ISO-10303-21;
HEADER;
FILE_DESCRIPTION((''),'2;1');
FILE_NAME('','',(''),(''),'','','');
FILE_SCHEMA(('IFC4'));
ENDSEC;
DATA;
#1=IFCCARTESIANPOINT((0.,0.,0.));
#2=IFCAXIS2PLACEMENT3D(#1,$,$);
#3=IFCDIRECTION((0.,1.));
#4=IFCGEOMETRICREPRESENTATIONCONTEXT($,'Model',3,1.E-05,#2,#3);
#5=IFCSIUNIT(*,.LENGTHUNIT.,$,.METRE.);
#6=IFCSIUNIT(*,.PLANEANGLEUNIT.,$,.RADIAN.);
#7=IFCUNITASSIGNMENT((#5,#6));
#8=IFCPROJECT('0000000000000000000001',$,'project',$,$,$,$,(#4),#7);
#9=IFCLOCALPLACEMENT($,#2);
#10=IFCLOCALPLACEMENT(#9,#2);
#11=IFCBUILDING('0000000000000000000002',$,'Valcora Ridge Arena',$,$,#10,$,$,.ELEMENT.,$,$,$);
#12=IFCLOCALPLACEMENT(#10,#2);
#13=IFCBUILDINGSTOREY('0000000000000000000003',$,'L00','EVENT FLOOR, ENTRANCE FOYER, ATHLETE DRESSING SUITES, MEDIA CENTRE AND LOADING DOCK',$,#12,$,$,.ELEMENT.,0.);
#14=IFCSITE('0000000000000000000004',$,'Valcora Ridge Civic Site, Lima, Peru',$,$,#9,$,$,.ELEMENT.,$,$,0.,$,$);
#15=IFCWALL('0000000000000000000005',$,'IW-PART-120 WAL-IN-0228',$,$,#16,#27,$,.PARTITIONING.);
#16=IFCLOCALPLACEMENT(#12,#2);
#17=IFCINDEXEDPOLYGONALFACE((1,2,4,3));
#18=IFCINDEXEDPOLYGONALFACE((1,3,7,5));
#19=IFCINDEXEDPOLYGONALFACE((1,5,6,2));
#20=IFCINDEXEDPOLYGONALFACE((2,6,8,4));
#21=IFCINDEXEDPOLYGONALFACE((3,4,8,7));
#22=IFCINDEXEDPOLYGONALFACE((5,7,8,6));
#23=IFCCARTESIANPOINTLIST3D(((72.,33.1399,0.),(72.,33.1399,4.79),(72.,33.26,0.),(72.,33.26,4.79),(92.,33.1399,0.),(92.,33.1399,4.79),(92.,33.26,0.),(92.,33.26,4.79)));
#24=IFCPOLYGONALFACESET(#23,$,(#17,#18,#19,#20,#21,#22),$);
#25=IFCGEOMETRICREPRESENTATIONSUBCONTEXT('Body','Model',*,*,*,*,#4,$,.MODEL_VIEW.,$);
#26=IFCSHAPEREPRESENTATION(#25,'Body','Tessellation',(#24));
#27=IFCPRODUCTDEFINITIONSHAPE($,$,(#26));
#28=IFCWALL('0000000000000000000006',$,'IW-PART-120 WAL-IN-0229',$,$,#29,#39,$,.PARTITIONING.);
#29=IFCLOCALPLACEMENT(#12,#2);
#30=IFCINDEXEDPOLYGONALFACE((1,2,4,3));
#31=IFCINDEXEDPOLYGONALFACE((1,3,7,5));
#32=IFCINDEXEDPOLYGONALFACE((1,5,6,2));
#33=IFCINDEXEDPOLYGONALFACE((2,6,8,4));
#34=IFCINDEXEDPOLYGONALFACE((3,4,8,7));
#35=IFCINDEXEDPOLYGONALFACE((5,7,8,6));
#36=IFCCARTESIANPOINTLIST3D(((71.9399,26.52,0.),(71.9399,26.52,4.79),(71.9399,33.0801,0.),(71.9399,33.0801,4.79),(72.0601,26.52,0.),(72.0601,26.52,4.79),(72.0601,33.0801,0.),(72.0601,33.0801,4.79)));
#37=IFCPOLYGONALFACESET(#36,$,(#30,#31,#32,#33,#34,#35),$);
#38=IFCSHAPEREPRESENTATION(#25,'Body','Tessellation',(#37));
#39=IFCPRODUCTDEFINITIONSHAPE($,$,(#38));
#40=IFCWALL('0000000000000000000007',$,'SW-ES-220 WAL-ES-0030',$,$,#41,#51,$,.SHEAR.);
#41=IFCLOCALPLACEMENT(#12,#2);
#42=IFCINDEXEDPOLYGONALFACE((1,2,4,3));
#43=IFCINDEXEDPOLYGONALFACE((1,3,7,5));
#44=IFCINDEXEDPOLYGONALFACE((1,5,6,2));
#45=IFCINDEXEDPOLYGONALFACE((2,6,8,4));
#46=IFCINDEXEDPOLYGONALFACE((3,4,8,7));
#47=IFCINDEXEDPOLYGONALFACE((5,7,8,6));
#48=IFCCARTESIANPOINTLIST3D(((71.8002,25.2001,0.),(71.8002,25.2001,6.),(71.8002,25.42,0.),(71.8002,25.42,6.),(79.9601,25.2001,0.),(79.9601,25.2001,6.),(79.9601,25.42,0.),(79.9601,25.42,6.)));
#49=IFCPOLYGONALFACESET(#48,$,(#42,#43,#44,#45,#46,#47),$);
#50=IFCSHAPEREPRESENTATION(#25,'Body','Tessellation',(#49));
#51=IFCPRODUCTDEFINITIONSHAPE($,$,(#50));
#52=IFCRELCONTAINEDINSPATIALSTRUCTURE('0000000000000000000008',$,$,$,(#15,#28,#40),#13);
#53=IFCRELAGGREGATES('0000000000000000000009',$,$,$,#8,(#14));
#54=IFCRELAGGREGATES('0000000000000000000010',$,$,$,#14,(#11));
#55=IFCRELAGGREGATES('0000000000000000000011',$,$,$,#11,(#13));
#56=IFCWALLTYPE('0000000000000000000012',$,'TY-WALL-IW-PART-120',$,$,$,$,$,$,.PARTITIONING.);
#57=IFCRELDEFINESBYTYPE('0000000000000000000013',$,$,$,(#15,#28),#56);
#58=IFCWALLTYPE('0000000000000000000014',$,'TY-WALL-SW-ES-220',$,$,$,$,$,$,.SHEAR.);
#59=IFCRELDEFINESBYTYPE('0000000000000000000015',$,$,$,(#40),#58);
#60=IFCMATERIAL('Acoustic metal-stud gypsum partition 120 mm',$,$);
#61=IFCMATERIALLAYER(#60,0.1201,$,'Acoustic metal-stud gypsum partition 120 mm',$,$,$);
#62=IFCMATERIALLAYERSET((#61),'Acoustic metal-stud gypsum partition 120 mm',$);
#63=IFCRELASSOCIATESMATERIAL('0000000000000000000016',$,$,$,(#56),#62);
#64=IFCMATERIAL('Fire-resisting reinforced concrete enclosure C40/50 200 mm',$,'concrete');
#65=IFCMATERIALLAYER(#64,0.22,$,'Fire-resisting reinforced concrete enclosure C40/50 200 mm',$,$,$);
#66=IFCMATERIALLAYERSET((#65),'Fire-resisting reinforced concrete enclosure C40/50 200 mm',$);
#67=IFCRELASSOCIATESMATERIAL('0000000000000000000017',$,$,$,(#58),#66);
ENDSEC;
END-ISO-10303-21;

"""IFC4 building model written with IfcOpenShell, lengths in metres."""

from ifc_helpers import new_model, si_unit, direction, frame, frame_2d, origin, place, context, subcontext, project, spatial, rectangle, extrude, material, layer, layer_set, type_object, element, save


model = new_model("IFC4")

# Units and contexts
model_context = context("Model", 3, precision=1e-05, world=origin(), true_north=direction((0.0, 1.0)))
body_context = subcontext(model_context, "Body", "Model", "MODEL_VIEW")
ifc_project = project(units=[si_unit("LENGTHUNIT", "METRE"), si_unit("PLANEANGLEUNIT", "RADIAN")], contexts=[model_context])

# Site, building, storey
site_placement = place(None, origin())
site = spatial("IfcSite", under=ifc_project, at=site_placement, Name="Valcora Ridge Civic Site, Lima, Peru", CompositionType="ELEMENT", RefElevation=0.0)
building_placement = place(site_placement, origin())
building = spatial("IfcBuilding", under=site, at=building_placement, Name="Valcora Ridge Arena", CompositionType="ELEMENT")
storey_placement = place(building_placement, origin())
storey = spatial("IfcBuildingStorey", under=building, at=storey_placement, Name="L00", Description="EVENT FLOOR, ENTRANCE FOYER, ATHLETE DRESSING SUITES, MEDIA CENTRE AND LOADING DOCK", CompositionType="ELEMENT", Elevation=0.0)

# Shared definitions
ifc_material_1 = material(Name="Acoustic metal-stud gypsum partition 120 mm")
ifc_layer_1 = layer(ifc_material_1, 0.1201, Name="Acoustic metal-stud gypsum partition 120 mm")
ifc_layer_set_1 = layer_set([ifc_layer_1], Name="Acoustic metal-stud gypsum partition 120 mm")
wall_type_1 = type_object("IfcWallType", Name="TY-WALL-IW-PART-120", PredefinedType="PARTITIONING", material=ifc_layer_set_1)

# Walls
wall_1_placement = place(storey_placement, frame((72.0, 33.2, 0.0), z_axis=(0.0, 0.0, 1.0), x_axis=(1.0, 0.0, 0.0)))
element("IfcWall", 1, at=wall_1_placement, inside=storey, type_object=wall_type_1, Name="IW-PART-120 WAL-IN-0228", PredefinedType="PARTITIONING", context=body_context, shape_type="SweptSolid", body=[
    extrude(rectangle(XDim=20.0, YDim=0.1201, at=frame_2d((10.0, 0.0))), origin(), (0.0, 0.0, 1.0), 4.79),
])
wall_2_placement = place(storey_placement, frame((72.0, 26.52, 0.0), z_axis=(0.0, 0.0, 1.0), x_axis=(0.0, 1.0, 0.0)))
element("IfcWall", 2, at=wall_2_placement, inside=storey, type_object=wall_type_1, Name="IW-PART-120 WAL-IN-0229", PredefinedType="PARTITIONING", context=body_context, shape_type="SweptSolid", body=[
    extrude(rectangle(XDim=6.5601, YDim=0.1201, at=frame_2d((3.28, 0.0))), origin(), (0.0, 0.0, 1.0), 4.79),
])
ifc_material_2 = material(Name="Fire-resisting reinforced concrete enclosure C40/50 200 mm", Category="concrete")
ifc_layer_2 = layer(ifc_material_2, 0.22, Name="Fire-resisting reinforced concrete enclosure C40/50 200 mm")
ifc_layer_set_2 = layer_set([ifc_layer_2], Name="Fire-resisting reinforced concrete enclosure C40/50 200 mm")
wall_type_2 = type_object("IfcWallType", Name="TY-WALL-SW-ES-220", PredefinedType="SHEAR", material=ifc_layer_set_2)
wall_3_placement = place(storey_placement, frame((71.8, 25.3101, 0.0), z_axis=(0.0, 0.0, 1.0), x_axis=(1.0, 0.0, 0.0)))
element("IfcWall", 3, at=wall_3_placement, inside=storey, type_object=wall_type_2, Name="SW-ES-220 WAL-ES-0030", PredefinedType="SHEAR", context=body_context, shape_type="SweptSolid", body=[
    extrude(rectangle(XDim=8.1599, YDim=0.22, at=frame_2d((4.0801, 0.0))), origin(), (0.0, 0.0, 1.0), 6.0),
])

save(model, "model.ifc")
